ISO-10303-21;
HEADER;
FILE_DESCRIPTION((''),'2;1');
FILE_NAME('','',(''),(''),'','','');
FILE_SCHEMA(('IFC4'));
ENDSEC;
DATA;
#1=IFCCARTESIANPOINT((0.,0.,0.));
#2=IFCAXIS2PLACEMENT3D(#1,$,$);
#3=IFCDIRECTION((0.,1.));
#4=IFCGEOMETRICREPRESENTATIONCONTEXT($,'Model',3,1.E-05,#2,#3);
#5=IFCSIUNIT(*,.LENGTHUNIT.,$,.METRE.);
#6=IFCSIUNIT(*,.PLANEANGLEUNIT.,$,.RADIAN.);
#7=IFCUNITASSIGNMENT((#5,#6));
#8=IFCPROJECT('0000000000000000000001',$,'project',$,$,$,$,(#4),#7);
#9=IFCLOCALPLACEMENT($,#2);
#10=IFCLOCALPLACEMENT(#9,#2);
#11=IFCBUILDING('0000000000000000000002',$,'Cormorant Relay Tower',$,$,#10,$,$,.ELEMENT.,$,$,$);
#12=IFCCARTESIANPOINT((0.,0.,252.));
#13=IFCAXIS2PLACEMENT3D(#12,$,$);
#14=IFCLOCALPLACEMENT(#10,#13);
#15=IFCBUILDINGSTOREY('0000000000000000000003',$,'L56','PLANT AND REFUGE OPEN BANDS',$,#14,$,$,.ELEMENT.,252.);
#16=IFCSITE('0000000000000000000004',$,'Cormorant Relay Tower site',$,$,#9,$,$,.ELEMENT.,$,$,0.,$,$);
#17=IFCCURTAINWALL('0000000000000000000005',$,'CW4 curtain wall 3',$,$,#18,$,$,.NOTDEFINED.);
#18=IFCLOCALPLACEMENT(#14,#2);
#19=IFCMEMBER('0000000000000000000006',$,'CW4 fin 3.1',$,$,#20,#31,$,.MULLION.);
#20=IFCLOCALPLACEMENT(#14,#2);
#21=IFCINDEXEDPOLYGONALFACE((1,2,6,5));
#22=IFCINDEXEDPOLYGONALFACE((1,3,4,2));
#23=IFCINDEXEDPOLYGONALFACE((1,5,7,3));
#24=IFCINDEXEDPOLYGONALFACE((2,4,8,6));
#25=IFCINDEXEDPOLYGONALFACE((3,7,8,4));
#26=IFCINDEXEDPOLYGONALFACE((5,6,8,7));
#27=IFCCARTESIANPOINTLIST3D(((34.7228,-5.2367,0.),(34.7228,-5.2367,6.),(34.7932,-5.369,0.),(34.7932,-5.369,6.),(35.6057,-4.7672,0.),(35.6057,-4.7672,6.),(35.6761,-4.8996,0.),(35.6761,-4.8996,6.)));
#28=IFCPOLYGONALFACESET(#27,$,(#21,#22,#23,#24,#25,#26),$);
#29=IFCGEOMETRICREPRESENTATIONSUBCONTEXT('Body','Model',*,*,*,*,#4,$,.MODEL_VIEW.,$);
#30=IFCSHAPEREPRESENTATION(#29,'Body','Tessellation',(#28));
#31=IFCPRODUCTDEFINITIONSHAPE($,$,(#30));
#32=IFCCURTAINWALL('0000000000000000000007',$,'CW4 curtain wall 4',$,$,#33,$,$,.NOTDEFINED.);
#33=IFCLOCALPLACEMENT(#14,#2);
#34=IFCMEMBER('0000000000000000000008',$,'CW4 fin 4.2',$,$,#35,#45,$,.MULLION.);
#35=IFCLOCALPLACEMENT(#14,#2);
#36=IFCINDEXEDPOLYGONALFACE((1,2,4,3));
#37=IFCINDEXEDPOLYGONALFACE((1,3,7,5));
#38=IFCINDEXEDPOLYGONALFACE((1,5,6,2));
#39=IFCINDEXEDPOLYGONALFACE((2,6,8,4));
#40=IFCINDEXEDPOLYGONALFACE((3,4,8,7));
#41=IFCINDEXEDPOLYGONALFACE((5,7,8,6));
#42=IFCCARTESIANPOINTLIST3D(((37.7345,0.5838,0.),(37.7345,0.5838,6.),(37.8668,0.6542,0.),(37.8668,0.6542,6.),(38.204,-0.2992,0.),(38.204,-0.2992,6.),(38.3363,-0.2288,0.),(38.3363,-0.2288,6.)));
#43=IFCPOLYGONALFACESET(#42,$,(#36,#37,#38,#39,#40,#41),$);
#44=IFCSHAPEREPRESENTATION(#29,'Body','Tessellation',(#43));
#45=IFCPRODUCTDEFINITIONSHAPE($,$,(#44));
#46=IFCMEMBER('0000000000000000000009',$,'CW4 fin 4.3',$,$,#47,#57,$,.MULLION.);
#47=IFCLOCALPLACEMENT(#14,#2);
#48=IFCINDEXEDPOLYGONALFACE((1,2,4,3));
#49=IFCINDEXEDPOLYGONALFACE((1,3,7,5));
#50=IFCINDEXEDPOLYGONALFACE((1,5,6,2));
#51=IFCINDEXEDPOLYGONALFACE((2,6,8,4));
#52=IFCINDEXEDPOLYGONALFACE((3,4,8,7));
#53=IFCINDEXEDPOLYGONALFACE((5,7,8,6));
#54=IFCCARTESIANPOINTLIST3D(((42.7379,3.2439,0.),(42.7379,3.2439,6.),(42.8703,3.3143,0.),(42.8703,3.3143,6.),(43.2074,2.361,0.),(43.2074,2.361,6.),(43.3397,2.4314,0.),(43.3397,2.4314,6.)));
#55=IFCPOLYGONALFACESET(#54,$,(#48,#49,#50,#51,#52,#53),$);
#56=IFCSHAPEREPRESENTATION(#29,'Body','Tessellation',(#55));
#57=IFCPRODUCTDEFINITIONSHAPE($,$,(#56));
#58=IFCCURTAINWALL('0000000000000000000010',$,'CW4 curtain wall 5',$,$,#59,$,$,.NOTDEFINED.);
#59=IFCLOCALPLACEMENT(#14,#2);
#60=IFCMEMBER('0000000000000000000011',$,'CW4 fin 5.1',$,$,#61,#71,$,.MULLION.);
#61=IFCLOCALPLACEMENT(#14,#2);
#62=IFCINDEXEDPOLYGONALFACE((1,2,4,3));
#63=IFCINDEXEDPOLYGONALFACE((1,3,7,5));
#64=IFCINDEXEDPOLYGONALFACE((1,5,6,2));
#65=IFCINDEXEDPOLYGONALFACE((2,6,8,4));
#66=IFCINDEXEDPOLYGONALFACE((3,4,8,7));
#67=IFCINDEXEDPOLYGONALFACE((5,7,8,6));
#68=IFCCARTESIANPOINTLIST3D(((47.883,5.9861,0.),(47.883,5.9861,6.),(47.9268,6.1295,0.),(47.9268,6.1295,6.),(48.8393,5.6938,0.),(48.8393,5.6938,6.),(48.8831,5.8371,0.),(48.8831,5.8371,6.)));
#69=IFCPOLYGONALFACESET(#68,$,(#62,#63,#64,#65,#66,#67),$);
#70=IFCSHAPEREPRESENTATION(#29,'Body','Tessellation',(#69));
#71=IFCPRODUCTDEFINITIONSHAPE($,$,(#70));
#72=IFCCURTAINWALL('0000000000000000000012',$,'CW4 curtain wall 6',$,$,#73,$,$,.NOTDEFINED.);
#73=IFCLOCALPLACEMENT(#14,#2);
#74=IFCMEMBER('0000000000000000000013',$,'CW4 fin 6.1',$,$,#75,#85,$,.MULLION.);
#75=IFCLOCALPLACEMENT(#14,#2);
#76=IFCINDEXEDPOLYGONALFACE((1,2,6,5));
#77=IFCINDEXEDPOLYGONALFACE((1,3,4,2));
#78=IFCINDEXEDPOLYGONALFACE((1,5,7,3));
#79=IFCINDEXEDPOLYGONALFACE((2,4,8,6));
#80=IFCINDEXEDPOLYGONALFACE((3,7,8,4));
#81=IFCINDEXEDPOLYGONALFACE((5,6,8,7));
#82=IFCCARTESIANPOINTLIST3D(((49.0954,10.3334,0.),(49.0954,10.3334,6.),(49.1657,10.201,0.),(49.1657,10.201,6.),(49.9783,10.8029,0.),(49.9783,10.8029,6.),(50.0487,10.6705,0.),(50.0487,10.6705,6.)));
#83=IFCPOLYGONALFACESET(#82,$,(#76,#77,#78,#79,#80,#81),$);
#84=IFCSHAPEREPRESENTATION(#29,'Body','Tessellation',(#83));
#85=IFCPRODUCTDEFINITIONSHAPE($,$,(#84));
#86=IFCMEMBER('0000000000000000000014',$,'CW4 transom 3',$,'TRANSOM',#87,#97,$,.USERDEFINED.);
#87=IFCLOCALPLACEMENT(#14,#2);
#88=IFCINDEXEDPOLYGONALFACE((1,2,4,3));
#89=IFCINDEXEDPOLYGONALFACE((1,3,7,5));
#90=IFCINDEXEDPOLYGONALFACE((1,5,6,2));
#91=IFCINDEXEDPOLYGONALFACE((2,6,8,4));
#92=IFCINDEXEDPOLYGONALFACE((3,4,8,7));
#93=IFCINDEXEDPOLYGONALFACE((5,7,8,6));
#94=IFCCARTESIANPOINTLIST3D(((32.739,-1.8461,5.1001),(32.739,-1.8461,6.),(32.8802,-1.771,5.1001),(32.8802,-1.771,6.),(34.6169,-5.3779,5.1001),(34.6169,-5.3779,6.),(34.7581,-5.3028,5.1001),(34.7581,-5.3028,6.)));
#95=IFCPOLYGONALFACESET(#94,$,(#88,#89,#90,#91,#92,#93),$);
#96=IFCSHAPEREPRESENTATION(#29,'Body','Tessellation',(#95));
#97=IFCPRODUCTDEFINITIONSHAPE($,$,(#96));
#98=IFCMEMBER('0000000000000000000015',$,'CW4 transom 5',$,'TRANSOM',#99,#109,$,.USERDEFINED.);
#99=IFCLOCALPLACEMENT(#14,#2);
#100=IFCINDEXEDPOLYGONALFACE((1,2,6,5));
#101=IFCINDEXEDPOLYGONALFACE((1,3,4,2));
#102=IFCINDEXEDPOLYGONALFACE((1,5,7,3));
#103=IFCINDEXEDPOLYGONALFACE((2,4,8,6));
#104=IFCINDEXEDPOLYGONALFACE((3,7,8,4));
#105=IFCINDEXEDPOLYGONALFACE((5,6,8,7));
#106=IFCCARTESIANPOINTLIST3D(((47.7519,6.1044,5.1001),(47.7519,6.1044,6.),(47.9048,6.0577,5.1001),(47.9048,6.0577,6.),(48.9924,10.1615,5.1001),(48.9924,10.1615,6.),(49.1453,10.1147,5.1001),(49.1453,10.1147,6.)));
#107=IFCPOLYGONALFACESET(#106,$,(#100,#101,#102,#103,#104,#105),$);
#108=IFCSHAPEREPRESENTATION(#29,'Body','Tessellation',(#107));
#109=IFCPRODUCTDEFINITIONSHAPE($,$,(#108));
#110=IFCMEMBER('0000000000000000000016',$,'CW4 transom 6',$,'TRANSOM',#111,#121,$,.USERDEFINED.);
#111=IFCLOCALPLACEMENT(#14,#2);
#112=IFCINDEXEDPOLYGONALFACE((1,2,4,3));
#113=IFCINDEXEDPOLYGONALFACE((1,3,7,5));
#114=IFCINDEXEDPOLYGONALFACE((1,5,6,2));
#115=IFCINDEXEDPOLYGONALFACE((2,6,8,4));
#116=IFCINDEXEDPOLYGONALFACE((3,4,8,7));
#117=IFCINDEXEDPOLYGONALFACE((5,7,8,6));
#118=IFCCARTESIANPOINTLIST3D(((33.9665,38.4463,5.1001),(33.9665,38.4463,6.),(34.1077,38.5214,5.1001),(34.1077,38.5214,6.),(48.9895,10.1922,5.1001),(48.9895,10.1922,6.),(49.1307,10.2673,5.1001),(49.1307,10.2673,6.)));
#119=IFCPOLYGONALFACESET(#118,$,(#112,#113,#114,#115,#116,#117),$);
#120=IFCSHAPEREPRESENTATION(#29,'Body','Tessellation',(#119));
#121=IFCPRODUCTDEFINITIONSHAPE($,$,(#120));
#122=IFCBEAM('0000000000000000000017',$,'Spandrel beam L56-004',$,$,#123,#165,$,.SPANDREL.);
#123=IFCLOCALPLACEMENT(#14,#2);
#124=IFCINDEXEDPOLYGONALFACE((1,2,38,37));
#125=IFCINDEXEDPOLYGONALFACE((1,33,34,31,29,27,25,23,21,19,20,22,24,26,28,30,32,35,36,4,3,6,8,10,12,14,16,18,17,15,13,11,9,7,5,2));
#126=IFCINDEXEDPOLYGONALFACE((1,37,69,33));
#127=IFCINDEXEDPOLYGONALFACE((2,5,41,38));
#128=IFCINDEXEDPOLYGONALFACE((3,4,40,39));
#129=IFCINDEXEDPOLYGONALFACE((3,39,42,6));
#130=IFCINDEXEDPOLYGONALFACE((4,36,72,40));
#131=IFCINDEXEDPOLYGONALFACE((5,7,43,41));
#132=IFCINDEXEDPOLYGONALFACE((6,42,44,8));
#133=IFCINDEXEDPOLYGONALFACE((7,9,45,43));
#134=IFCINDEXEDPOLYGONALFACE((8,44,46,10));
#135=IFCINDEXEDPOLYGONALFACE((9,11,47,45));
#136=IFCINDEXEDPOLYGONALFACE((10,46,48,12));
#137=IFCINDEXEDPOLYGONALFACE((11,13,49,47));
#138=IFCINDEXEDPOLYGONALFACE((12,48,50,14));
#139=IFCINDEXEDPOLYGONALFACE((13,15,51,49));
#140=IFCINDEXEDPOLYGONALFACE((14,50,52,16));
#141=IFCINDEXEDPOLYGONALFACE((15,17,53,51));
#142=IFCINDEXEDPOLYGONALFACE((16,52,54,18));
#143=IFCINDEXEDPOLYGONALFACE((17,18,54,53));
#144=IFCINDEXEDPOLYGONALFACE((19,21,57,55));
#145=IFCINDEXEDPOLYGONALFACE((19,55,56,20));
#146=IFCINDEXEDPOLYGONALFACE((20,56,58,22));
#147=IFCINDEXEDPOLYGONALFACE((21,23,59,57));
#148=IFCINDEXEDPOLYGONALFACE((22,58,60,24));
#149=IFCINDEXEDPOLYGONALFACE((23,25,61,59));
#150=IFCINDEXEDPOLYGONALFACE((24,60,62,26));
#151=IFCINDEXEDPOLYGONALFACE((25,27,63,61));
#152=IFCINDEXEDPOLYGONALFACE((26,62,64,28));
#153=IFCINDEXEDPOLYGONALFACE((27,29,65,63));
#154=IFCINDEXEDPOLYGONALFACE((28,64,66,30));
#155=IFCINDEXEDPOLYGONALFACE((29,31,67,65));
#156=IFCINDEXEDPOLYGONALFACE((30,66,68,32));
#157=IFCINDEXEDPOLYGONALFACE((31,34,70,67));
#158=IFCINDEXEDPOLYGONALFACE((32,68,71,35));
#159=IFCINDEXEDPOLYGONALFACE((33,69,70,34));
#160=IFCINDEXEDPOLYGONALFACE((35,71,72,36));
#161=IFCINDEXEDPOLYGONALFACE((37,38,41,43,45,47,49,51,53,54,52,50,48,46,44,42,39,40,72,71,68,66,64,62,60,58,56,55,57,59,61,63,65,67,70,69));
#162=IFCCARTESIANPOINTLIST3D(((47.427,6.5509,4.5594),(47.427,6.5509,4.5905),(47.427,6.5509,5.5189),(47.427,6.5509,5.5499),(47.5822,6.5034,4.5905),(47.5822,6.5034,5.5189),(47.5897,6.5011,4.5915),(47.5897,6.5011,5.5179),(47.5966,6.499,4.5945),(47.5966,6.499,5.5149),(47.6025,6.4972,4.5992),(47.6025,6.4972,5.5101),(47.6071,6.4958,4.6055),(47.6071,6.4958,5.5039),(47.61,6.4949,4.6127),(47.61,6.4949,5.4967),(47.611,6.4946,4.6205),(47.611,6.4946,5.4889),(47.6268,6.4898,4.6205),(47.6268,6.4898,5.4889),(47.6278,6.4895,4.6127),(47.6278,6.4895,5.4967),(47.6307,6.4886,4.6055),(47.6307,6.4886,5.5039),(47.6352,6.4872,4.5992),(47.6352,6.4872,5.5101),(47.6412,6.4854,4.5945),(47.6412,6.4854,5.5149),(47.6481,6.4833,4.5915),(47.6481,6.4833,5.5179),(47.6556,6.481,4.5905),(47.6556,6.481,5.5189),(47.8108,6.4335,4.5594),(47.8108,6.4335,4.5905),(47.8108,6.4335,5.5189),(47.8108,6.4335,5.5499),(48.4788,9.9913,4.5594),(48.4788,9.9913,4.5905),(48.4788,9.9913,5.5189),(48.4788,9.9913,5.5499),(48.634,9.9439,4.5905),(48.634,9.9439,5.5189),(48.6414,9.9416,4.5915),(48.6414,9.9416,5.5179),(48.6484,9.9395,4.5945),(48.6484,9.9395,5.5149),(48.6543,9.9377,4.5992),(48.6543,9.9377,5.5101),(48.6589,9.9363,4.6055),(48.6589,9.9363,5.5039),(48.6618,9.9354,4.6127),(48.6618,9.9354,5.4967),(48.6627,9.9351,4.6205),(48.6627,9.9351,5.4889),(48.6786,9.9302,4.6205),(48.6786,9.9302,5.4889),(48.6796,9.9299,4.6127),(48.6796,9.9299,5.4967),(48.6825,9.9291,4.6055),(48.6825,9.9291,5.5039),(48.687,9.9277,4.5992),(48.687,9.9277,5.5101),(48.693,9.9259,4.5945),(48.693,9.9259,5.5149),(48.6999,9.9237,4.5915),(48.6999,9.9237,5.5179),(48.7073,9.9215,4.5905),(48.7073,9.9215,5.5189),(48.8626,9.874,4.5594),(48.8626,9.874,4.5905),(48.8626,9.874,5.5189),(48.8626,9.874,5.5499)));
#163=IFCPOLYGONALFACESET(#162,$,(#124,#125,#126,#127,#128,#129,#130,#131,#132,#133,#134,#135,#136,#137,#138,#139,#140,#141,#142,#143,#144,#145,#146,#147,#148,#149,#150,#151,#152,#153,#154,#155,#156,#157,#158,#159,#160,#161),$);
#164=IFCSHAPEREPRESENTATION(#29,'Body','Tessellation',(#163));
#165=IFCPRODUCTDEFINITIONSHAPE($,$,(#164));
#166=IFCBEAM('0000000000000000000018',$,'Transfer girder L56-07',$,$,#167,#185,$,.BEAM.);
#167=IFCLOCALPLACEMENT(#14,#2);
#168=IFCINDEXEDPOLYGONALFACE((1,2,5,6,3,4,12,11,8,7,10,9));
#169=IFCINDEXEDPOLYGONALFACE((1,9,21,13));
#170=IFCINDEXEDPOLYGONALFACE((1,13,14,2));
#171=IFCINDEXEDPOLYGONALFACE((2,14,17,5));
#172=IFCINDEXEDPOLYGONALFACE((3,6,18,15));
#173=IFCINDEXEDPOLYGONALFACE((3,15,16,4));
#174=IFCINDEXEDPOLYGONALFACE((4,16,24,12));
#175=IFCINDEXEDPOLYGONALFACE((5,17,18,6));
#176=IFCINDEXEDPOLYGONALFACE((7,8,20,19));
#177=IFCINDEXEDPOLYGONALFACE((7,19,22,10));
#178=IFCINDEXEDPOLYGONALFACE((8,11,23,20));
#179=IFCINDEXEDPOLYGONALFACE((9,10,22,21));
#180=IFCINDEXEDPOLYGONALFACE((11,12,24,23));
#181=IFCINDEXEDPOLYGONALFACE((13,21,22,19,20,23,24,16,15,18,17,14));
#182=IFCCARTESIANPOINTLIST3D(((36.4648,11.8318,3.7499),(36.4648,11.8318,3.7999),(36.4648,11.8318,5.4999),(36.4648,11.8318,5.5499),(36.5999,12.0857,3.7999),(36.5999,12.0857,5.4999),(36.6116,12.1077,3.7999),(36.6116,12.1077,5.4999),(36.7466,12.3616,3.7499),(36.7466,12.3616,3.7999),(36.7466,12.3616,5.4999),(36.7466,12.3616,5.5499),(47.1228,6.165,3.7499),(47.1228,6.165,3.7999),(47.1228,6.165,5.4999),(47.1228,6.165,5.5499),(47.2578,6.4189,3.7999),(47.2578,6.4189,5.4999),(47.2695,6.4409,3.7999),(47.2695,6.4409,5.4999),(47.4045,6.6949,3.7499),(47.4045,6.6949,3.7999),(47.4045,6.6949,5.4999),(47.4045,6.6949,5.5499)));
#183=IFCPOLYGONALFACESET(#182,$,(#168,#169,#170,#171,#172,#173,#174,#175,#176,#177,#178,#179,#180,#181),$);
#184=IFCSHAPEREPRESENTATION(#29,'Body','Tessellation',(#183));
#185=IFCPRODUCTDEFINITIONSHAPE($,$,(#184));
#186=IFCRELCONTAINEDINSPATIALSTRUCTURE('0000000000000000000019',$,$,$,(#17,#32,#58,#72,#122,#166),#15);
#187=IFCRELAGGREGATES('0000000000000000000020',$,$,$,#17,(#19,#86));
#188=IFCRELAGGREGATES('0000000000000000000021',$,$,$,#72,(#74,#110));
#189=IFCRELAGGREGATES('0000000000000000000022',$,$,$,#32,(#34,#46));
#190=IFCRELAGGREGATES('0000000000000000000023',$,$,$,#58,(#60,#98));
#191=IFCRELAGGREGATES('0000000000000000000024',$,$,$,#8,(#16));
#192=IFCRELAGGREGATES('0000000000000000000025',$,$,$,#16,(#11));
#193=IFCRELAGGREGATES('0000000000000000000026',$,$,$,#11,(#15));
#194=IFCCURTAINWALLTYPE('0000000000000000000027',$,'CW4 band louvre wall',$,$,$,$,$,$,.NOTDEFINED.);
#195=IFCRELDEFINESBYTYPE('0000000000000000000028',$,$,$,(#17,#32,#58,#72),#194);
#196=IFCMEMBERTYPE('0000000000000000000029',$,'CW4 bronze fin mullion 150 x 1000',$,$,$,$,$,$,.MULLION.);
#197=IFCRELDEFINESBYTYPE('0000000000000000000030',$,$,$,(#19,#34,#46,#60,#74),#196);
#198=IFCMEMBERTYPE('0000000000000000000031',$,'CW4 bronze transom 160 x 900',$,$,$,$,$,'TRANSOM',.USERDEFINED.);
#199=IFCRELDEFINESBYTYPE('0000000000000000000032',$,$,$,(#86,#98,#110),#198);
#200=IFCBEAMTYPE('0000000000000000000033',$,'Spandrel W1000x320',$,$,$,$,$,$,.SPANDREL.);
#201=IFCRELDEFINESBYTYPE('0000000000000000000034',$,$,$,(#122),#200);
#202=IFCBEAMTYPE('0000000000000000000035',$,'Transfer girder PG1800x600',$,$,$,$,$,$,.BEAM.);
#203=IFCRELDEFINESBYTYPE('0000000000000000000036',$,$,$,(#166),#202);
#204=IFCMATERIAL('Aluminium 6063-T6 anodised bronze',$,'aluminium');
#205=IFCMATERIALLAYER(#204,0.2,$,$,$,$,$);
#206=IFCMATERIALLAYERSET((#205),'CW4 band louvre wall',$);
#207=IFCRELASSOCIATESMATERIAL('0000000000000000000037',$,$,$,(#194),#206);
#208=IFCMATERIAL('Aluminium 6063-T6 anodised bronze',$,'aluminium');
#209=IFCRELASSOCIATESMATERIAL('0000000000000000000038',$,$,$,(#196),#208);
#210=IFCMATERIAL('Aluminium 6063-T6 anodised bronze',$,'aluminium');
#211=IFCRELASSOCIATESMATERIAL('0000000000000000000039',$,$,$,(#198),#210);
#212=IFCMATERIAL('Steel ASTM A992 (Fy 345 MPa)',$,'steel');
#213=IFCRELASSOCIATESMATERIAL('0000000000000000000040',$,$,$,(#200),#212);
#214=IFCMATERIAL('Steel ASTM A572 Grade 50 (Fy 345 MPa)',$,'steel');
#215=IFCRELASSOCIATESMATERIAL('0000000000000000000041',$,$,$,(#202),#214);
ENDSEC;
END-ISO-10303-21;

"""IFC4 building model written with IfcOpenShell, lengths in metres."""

from ifc_helpers import new_model, si_unit, direction, frame, origin, origin_2d, place, context, subcontext, project, spatial, rectangle, i_section, extrude, material, layer, layer_set, material_profile, profile_set, type_object, element, aggregate, save


model = new_model("IFC4")

# Units and contexts
model_context = context("Model", 3, precision=1e-05, world=origin(), true_north=direction((0.0, 1.0)))
body_context = subcontext(model_context, "Body", "Model", "MODEL_VIEW")
ifc_project = project(units=[si_unit("LENGTHUNIT", "METRE"), si_unit("PLANEANGLEUNIT", "RADIAN")], contexts=[model_context])

# Site, building, storey
site_placement = place(None, origin())
site = spatial("IfcSite", under=ifc_project, at=site_placement, Name="Cormorant Relay Tower site", CompositionType="ELEMENT", RefElevation=0.0)
building_placement = place(site_placement, origin())
building = spatial("IfcBuilding", under=site, at=building_placement, Name="Cormorant Relay Tower", CompositionType="ELEMENT")
storey_placement = place(building_placement, frame((0.0, 0.0, 252.0)))
storey = spatial("IfcBuildingStorey", under=building, at=storey_placement, Name="L56", Description="PLANT AND REFUGE OPEN BANDS", CompositionType="ELEMENT", Elevation=252.0)

# Curtain wall, member
ifc_material_1 = material(Name="Aluminium 6063-T6 anodised bronze", Category="aluminium")
ifc_layer_1 = layer(ifc_material_1, 0.2)
ifc_layer_set_1 = layer_set([ifc_layer_1], Name="CW4 band louvre wall")
curtain_wall_type = type_object("IfcCurtainWallType", Name="CW4 band louvre wall", PredefinedType="NOTDEFINED", material=ifc_layer_set_1)
curtain_wall_1_placement = place(storey_placement, origin())
curtain_wall_1 = element("IfcCurtainWall", 1, at=curtain_wall_1_placement, inside=storey, type_object=curtain_wall_type, Name="CW4 curtain wall 3", PredefinedType="NOTDEFINED")
ifc_material_2 = material(Name="Aluminium 6063-T6 anodised bronze", Category="aluminium")
ifc_material_profile_1 = material_profile(ifc_material_2, rectangle(XDim=0.1499, YDim=1.0, at=origin_2d()), Name="AL 150x1000")
ifc_profile_set_1 = profile_set([ifc_material_profile_1], Name="Aluminium 6063-T6 anodised bronze")
member_type_1 = type_object("IfcMemberType", Name="CW4 bronze fin mullion 150 x 1000", PredefinedType="MULLION", material=ifc_profile_set_1)
member_1_placement = place(storey_placement, frame((35.1995, -5.0681, 0.0), z_axis=(0.0, 0.0, 1.0), x_axis=(-0.469472, 0.882948, 0.0)))
member_1 = element("IfcMember", 2, at=member_1_placement, type_object=member_type_1, Name="CW4 fin 3.1", PredefinedType="MULLION", context=body_context, shape_type="SweptSolid", body=[
    extrude(rectangle(XDim=0.1499, YDim=1.0, at=origin_2d()), origin(), (0.0, 0.0, 1.0), 6.0),
])

# Curtain wall, members
curtain_wall_2_placement = place(storey_placement, origin())
curtain_wall_2 = element("IfcCurtainWall", 3, at=curtain_wall_2_placement, inside=storey, type_object=curtain_wall_type, Name="CW4 curtain wall 4", PredefinedType="NOTDEFINED")
member_2_placement = place(storey_placement, frame((38.0354, 0.1775, 0.0), z_axis=(0.0, 0.0, 1.0), x_axis=(0.882948, 0.469472, 0.0)))
member_2 = element("IfcMember", 4, at=member_2_placement, type_object=member_type_1, Name="CW4 fin 4.2", PredefinedType="MULLION", context=body_context, shape_type="SweptSolid", body=[
    extrude(rectangle(XDim=0.1499, YDim=1.0, at=origin_2d()), origin(), (0.0, 0.0, 1.0), 6.0),
])
member_3_placement = place(storey_placement, frame((43.0388, 2.8376, 0.0), z_axis=(0.0, 0.0, 1.0), x_axis=(0.882948, 0.469472, 0.0)))
member_3 = element("IfcMember", 5, at=member_3_placement, type_object=member_type_1, Name="CW4 fin 4.3", PredefinedType="MULLION", context=body_context, shape_type="SweptSolid", body=[
    extrude(rectangle(XDim=0.1499, YDim=1.0, at=origin_2d()), origin(), (0.0, 0.0, 1.0), 6.0),
])

# Curtain walls, members
curtain_wall_3_placement = place(storey_placement, origin())
curtain_wall_3 = element("IfcCurtainWall", 6, at=curtain_wall_3_placement, inside=storey, type_object=curtain_wall_type, Name="CW4 curtain wall 5", PredefinedType="NOTDEFINED")
member_4_placement = place(storey_placement, frame((48.3831, 5.9116, 0.0), z_axis=(0.0, 0.0, 1.0), x_axis=(0.292372, 0.956305, 0.0)))
member_4 = element("IfcMember", 7, at=member_4_placement, type_object=member_type_1, Name="CW4 fin 5.1", PredefinedType="MULLION", context=body_context, shape_type="SweptSolid", body=[
    extrude(rectangle(XDim=0.1499, YDim=1.0, at=origin_2d()), origin(), (0.0, 0.0, 1.0), 6.0),
])
curtain_wall_4_placement = place(storey_placement, origin())
curtain_wall_4 = element("IfcCurtainWall", 8, at=curtain_wall_4_placement, inside=storey, type_object=curtain_wall_type, Name="CW4 curtain wall 6", PredefinedType="NOTDEFINED")
member_5_placement = place(storey_placement, frame((49.572, 10.502, 0.0), z_axis=(0.0, 0.0, 1.0), x_axis=(-0.469472, 0.882948, 0.0)))
member_5 = element("IfcMember", 9, at=member_5_placement, type_object=member_type_1, Name="CW4 fin 6.1", PredefinedType="MULLION", context=body_context, shape_type="SweptSolid", body=[
    extrude(rectangle(XDim=0.1499, YDim=1.0, at=origin_2d()), origin(), (0.0, 0.0, 1.0), 6.0),
])

# Members
ifc_material_3 = material(Name="Aluminium 6063-T6 anodised bronze", Category="aluminium")
ifc_material_profile_2 = material_profile(ifc_material_3, rectangle(XDim=0.1599, YDim=0.8999, at=origin_2d()), Name="AL 160x900")
ifc_profile_set_2 = profile_set([ifc_material_profile_2], Name="Aluminium 6063-T6 anodised bronze")
member_type_2 = type_object("IfcMemberType", Name="CW4 bronze transom 160 x 900", ElementType="TRANSOM", PredefinedType="USERDEFINED", material=ifc_profile_set_2)
member_6_placement = place(storey_placement, frame((34.6875, -5.3403, 5.55), z_axis=(-0.469485, 0.88294, 0.0), x_axis=(-0.88294, -0.469485, 0.0)))
member_6 = element("IfcMember", 10, at=member_6_placement, type_object=member_type_2, Name="CW4 transom 3", ObjectType="TRANSOM", PredefinedType="USERDEFINED", context=body_context, shape_type="SweptSolid", body=[
    extrude(rectangle(XDim=0.1599, YDim=0.8999, at=origin_2d()), origin(), (0.0, 0.0, 1.0), 4.0),
])
aggregate(curtain_wall_1, [member_1, member_6])
member_7_placement = place(storey_placement, frame((47.8284, 6.0811, 5.55), z_axis=(0.292391, 0.956299, 0.0), x_axis=(-0.956299, 0.292391, 0.0)))
member_7 = element("IfcMember", 11, at=member_7_placement, type_object=member_type_2, Name="CW4 transom 5", ObjectType="TRANSOM", PredefinedType="USERDEFINED", context=body_context, shape_type="SweptSolid", body=[
    extrude(rectangle(XDim=0.1599, YDim=0.8999, at=origin_2d()), origin(), (0.0, 0.0, 1.0), 4.2424),
])
member_8_placement = place(storey_placement, frame((49.0601, 10.2297, 5.55), z_axis=(-0.46947, 0.882948, 0.0), x_axis=(-0.882948, -0.46947, 0.0)))
member_8 = element("IfcMember", 12, at=member_8_placement, type_object=member_type_2, Name="CW4 transom 6", ObjectType="TRANSOM", PredefinedType="USERDEFINED", context=body_context, shape_type="SweptSolid", body=[
    extrude(rectangle(XDim=0.1599, YDim=0.8999, at=origin_2d()), origin(), (0.0, 0.0, 1.0), 31.9998),
])
aggregate(curtain_wall_4, [member_5, member_8])

# Beams
ifc_material_4 = material(Name="Steel ASTM A992 (Fy 345 MPa)", Category="steel")
ifc_material_profile_3 = material_profile(ifc_material_4, i_section(OverallWidth=0.4014, OverallDepth=0.9905, WebThickness=0.0166, FlangeThickness=0.031, FilletRadius=0.03, at=origin_2d()), Name="W1000x320")
ifc_profile_set_3 = profile_set([ifc_material_profile_3], Name="Steel ASTM A992 (Fy 345 MPa)")
beam_type_1 = type_object("IfcBeamType", Name="Spandrel W1000x320", PredefinedType="SPANDREL", material=ifc_profile_set_3)
beam_1_placement = place(storey_placement, frame((47.6189, 6.4922, 5.0547), z_axis=(0.29235, 0.956312, 0.0), x_axis=(-0.956312, 0.29235, 0.0)))
element("IfcBeam", 13, at=beam_1_placement, inside=storey, type_object=beam_type_1, Name="Spandrel beam L56-004", PredefinedType="SPANDREL", context=body_context, shape_type="SweptSolid", body=[
    extrude(i_section(OverallWidth=0.4014, OverallDepth=0.9905, WebThickness=0.0166, FlangeThickness=0.031, FilletRadius=0.03, at=origin_2d()), origin(), (0.0, 0.0, 1.0), 3.5977),
])
ifc_material_5 = material(Name="Steel ASTM A572 Grade 50 (Fy 345 MPa)", Category="steel")
ifc_material_profile_4 = material_profile(ifc_material_5, i_section(OverallWidth=0.6001, OverallDepth=1.8, WebThickness=0.0249, FlangeThickness=0.05, at=origin_2d()), Name="PG1800x600")
ifc_profile_set_4 = profile_set([ifc_material_profile_4], Name="Steel ASTM A572 Grade 50 (Fy 345 MPa)")
beam_type_2 = type_object("IfcBeamType", Name="Transfer girder PG1800x600", PredefinedType="BEAM", material=ifc_profile_set_4)
beam_2_placement = place(storey_placement, frame((47.2637, 6.4299, 4.6499), z_axis=(-0.882954, 0.469459, 0.0), x_axis=(-0.469459, -0.882954, 0.0)))
element("IfcBeam", 14, at=beam_2_placement, inside=storey, type_object=beam_type_2, Name="Transfer girder L56-07", PredefinedType="BEAM", context=body_context, shape_type="SweptSolid", body=[
    extrude(i_section(OverallWidth=0.6001, OverallDepth=1.8, WebThickness=0.0249, FlangeThickness=0.05, at=origin_2d()), origin(), (0.0, 0.0, 1.0), 12.0708),
])

aggregate(curtain_wall_2, [member_2, member_3])
aggregate(curtain_wall_3, [member_4, member_7])

save(model, "model.ifc")
